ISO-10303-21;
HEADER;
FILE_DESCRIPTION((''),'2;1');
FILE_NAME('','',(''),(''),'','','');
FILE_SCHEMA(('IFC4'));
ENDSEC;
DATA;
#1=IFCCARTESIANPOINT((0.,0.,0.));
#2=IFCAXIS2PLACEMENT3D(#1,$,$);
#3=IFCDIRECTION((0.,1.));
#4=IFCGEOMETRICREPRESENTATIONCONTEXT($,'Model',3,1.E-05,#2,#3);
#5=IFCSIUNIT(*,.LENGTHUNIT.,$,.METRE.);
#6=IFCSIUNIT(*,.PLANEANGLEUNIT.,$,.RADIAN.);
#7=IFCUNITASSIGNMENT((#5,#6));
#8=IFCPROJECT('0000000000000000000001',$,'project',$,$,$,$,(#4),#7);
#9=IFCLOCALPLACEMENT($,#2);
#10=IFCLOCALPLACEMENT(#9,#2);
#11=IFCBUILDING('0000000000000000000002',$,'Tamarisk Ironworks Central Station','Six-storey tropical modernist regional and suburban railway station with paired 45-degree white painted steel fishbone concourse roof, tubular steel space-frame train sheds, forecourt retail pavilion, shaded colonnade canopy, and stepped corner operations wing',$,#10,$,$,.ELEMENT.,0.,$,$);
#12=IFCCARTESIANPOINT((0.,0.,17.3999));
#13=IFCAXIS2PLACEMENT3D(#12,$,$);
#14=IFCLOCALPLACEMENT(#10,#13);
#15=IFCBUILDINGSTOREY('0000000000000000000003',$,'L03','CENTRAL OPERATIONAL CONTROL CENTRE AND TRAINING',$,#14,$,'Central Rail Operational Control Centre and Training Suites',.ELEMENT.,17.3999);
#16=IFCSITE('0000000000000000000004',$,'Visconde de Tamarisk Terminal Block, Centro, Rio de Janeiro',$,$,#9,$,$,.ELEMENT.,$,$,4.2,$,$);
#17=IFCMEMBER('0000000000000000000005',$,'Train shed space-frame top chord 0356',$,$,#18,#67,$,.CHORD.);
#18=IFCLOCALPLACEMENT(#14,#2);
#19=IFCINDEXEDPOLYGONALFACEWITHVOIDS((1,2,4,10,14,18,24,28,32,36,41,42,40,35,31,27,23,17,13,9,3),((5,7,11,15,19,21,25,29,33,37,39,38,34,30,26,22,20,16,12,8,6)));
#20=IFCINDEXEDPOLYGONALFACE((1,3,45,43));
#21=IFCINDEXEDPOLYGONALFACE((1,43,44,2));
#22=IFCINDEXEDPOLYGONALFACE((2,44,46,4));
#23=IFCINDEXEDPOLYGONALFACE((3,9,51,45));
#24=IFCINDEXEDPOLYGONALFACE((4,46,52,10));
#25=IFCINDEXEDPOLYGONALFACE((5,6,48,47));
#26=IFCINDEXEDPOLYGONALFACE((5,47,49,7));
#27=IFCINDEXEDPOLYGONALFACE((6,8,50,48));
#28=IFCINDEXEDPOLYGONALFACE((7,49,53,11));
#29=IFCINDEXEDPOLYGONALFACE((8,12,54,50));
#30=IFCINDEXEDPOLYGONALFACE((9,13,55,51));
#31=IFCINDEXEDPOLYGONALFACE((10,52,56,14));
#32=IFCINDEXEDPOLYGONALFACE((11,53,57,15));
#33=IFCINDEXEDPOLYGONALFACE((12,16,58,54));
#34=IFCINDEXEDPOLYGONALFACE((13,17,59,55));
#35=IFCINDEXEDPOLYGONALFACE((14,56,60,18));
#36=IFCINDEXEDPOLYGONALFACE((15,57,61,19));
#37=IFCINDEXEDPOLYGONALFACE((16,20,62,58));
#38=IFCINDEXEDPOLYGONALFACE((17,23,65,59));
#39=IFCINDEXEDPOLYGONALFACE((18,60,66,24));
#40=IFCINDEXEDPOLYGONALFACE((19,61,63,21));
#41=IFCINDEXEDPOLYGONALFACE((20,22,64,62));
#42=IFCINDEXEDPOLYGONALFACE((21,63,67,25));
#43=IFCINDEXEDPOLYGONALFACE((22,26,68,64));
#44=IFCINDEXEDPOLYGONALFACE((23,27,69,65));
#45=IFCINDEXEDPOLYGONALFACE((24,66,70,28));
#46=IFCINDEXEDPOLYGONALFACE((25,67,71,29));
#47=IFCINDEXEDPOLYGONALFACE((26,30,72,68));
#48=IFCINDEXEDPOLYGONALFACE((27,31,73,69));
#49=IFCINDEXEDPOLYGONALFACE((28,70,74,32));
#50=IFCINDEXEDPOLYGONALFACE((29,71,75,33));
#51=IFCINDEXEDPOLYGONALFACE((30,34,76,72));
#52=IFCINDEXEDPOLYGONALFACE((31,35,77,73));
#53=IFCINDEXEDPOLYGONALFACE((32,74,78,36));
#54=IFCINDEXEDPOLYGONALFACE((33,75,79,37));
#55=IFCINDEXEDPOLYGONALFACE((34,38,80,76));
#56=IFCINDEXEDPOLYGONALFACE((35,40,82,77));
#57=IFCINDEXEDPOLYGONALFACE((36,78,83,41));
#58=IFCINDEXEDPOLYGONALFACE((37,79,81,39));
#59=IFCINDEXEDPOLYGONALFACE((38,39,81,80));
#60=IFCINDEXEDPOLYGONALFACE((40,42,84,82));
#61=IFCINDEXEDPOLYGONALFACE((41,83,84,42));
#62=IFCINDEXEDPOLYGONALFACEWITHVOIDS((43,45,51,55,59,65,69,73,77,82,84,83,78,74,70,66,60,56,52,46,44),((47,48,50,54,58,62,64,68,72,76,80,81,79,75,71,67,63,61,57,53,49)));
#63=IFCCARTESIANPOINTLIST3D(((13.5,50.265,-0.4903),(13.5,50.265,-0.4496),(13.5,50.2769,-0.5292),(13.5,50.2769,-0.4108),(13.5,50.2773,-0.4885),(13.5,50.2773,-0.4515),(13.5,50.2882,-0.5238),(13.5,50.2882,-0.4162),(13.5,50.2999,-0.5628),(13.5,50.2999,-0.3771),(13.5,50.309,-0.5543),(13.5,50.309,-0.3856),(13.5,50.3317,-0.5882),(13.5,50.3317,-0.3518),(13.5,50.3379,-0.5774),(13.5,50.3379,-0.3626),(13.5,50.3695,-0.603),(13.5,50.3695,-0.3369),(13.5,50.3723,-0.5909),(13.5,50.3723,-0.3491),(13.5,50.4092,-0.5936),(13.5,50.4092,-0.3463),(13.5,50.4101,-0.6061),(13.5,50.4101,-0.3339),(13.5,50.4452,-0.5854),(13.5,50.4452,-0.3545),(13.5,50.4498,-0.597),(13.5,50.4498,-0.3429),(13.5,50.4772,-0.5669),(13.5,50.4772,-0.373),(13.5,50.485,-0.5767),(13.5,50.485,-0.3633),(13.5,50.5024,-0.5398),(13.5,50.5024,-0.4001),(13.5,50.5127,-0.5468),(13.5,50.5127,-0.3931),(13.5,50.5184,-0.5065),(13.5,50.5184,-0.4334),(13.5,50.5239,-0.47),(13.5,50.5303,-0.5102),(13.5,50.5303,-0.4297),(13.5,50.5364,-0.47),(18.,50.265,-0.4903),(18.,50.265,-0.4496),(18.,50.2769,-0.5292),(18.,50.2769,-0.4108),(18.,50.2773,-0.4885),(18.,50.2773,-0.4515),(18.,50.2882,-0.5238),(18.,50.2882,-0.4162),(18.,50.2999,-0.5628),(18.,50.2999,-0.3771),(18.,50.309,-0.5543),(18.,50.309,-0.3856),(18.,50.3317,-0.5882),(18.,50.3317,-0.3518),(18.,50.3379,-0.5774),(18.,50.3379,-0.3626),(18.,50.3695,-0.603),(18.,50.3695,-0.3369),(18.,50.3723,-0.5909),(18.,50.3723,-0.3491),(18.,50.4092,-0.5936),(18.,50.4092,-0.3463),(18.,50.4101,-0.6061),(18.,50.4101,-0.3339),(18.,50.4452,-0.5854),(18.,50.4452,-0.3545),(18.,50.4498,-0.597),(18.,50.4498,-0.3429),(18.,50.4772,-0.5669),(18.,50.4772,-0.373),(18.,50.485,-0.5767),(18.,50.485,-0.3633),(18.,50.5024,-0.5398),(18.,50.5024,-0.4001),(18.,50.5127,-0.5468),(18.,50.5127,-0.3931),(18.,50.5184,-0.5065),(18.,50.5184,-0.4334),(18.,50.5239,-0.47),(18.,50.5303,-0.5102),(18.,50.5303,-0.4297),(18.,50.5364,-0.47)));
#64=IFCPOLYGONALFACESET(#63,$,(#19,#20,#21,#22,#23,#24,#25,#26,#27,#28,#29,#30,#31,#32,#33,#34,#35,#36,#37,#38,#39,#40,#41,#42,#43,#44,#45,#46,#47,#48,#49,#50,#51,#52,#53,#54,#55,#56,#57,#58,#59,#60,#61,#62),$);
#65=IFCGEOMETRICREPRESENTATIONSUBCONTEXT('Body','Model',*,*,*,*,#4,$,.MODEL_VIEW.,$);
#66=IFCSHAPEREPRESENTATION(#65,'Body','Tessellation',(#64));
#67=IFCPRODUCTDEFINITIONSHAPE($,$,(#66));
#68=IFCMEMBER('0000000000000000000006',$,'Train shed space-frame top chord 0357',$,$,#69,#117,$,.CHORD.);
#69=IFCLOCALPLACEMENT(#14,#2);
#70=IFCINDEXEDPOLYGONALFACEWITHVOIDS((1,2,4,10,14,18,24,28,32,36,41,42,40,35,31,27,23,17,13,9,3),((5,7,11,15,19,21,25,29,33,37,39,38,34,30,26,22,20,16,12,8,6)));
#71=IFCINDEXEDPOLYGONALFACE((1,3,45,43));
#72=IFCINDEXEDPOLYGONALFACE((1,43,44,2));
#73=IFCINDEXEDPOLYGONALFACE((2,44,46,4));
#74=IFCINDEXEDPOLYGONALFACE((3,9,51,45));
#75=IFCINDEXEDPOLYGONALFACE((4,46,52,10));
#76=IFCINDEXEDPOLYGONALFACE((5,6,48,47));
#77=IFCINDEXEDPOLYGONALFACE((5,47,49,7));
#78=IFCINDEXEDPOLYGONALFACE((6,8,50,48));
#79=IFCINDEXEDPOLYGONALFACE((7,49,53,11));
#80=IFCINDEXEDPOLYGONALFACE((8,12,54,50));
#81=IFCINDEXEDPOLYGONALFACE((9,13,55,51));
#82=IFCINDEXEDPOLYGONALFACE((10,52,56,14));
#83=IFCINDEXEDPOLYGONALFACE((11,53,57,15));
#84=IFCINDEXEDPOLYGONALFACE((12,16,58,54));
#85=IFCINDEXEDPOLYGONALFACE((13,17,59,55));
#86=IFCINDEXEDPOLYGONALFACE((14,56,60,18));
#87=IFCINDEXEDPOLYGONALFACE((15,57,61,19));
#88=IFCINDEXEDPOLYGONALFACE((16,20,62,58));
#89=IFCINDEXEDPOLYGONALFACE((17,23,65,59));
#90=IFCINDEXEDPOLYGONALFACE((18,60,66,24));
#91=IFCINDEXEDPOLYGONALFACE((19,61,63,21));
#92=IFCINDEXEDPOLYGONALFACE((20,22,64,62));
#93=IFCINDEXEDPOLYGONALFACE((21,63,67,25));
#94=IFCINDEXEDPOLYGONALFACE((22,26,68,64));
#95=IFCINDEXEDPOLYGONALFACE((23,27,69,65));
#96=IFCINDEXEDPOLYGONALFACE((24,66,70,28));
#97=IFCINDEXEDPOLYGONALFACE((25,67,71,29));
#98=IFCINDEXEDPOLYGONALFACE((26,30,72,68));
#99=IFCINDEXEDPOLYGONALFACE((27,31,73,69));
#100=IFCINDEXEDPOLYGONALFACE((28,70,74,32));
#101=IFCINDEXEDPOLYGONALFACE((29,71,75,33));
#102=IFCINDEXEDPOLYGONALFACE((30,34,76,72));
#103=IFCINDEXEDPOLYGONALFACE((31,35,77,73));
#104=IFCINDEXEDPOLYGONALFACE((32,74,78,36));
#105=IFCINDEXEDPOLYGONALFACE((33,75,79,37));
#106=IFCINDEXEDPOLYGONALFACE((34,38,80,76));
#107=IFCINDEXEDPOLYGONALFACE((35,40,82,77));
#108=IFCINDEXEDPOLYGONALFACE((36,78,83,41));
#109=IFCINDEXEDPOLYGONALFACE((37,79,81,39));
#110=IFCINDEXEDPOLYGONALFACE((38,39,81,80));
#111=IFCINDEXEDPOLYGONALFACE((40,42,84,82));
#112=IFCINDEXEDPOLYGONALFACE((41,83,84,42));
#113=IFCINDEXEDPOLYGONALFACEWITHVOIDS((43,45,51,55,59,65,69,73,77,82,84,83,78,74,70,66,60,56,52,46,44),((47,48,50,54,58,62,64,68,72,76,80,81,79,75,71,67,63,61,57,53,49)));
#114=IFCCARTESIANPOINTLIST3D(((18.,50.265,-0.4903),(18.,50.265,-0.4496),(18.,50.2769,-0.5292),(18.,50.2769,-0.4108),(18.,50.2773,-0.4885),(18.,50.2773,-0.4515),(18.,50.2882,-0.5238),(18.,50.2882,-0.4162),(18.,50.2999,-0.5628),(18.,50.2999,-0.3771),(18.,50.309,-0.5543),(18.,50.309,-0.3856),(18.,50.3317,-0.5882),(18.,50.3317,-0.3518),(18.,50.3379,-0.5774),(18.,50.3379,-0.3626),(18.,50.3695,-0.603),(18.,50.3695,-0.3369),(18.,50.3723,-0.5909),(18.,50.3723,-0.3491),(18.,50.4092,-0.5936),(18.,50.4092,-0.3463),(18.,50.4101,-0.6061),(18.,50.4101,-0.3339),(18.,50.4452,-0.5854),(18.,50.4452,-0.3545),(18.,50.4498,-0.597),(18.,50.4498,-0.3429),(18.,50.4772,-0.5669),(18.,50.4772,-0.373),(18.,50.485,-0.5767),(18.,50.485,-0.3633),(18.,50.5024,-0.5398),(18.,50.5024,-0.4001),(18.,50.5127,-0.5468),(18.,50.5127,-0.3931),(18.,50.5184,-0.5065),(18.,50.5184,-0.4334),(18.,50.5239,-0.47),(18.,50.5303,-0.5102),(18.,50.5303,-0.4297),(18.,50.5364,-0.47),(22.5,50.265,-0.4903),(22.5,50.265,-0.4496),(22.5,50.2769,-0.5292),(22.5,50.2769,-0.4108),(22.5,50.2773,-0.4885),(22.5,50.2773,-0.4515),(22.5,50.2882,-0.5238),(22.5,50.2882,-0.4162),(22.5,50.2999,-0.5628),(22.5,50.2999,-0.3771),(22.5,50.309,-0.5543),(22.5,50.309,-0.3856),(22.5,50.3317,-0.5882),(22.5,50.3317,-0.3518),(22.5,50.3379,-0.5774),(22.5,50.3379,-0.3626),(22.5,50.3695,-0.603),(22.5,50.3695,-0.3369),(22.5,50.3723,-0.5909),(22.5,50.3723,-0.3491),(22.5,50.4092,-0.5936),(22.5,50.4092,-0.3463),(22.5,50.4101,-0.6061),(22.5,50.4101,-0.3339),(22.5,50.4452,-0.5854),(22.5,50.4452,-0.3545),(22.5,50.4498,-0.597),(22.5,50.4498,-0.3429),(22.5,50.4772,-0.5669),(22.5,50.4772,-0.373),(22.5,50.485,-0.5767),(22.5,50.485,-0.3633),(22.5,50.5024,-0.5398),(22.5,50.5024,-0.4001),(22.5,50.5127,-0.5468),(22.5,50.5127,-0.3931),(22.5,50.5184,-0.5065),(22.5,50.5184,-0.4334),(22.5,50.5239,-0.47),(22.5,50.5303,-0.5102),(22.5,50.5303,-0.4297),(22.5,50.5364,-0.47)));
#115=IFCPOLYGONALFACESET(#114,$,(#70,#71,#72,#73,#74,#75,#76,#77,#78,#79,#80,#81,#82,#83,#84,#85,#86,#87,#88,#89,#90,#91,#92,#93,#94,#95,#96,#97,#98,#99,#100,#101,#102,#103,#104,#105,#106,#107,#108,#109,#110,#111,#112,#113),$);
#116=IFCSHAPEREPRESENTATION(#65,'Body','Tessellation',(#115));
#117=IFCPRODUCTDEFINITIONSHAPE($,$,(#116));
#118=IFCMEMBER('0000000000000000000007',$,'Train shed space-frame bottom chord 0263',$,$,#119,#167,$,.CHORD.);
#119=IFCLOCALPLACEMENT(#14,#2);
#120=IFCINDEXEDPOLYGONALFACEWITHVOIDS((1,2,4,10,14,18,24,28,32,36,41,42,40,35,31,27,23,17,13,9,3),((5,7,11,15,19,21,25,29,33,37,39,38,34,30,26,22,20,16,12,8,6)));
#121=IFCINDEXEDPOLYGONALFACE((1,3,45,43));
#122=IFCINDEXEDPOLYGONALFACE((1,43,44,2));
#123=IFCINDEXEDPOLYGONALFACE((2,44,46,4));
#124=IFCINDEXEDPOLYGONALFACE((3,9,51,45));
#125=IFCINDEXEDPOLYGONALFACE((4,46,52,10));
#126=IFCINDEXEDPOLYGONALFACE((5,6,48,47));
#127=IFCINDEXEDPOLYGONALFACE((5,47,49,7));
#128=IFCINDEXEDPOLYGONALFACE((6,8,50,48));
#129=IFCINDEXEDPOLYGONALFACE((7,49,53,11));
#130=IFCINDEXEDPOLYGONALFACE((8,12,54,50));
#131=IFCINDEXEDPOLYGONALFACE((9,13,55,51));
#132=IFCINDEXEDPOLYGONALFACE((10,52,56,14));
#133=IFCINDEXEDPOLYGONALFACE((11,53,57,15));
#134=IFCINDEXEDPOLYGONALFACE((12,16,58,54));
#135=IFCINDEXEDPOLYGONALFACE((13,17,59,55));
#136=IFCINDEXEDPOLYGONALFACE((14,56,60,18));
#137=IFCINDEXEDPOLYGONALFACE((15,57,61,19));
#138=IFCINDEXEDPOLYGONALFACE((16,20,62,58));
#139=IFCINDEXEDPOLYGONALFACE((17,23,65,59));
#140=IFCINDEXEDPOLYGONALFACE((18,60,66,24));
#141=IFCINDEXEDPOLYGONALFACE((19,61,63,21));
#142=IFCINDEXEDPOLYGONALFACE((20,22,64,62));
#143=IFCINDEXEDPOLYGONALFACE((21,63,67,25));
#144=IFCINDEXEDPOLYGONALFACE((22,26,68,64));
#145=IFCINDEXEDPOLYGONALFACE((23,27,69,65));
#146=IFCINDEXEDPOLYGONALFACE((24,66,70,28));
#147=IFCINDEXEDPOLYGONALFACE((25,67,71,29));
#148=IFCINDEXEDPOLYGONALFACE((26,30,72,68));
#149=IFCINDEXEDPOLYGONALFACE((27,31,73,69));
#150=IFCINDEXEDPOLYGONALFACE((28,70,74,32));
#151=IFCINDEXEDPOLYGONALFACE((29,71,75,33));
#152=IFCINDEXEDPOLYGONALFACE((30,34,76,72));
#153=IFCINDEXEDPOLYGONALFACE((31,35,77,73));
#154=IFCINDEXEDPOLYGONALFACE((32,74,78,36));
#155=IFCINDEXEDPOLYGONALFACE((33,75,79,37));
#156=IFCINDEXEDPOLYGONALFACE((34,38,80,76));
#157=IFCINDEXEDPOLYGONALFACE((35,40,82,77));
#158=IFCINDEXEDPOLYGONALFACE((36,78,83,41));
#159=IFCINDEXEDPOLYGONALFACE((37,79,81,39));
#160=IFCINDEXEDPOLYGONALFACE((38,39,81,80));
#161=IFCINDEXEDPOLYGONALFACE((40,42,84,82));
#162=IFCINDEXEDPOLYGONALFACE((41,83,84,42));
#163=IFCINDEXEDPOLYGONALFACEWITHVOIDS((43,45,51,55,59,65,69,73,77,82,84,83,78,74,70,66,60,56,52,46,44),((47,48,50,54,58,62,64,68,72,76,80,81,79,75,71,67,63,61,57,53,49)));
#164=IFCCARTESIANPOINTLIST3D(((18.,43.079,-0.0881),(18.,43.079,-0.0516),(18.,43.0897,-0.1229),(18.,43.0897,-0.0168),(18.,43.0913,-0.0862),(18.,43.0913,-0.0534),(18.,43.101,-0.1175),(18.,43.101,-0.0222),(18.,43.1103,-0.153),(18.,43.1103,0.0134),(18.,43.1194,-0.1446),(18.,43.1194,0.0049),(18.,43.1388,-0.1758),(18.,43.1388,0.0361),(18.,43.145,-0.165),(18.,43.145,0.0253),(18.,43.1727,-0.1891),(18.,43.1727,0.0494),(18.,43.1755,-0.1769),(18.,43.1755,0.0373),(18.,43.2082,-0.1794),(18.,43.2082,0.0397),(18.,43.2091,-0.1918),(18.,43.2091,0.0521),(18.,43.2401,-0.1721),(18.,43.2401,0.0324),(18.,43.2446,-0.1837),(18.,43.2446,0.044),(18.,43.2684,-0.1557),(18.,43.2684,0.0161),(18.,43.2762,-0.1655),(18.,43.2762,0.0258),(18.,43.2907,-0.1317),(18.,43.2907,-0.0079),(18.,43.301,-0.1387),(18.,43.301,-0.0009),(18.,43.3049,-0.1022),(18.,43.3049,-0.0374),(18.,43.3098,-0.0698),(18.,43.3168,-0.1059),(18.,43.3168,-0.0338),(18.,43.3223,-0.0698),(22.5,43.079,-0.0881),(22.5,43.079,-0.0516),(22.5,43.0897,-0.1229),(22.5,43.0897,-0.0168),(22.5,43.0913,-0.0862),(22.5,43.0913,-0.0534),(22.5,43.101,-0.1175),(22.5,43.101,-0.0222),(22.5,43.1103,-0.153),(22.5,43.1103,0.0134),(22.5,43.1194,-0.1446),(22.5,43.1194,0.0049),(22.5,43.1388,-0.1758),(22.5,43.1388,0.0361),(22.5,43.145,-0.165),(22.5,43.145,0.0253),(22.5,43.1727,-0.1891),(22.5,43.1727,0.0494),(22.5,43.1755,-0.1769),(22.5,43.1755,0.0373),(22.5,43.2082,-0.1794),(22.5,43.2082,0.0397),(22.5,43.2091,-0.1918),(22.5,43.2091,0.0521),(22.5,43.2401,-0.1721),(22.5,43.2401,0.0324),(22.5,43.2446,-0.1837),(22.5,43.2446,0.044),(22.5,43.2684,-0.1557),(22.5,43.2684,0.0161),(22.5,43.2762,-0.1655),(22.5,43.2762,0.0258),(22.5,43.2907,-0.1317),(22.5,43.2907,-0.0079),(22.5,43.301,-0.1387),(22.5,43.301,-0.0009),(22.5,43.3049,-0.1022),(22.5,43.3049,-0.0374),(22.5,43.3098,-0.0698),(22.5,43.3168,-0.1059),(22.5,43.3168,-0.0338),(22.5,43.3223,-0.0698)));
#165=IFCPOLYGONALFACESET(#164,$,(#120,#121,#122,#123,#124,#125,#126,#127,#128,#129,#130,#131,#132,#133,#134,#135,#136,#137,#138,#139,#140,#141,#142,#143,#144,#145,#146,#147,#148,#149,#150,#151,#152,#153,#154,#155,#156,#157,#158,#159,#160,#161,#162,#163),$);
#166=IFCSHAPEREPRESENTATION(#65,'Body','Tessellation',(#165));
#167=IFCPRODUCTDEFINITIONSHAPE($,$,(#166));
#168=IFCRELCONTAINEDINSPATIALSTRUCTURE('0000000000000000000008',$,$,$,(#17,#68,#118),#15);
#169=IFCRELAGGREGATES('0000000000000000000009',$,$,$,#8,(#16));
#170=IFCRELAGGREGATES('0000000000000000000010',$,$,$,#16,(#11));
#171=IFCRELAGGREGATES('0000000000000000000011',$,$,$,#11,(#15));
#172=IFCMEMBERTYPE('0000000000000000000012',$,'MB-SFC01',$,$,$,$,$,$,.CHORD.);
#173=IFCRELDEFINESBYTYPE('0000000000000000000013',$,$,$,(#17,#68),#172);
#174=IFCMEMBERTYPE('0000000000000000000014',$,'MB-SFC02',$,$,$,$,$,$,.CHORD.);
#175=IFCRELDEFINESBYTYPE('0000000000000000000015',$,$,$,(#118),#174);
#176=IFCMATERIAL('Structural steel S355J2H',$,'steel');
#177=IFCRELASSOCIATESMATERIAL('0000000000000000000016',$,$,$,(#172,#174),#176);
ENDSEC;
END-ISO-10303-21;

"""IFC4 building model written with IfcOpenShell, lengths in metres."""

from ifc_helpers import new_model, si_unit, direction, frame, origin, origin_2d, place, context, subcontext, project, spatial, hollow_circle, extrude, material, material_profile, profile_set, type_object, element, save


model = new_model("IFC4")

# Units and contexts
model_context = context("Model", 3, precision=1e-05, world=origin(), true_north=direction((0.0, 1.0)))
body_context = subcontext(model_context, "Body", "Model", "MODEL_VIEW")
ifc_project = project(units=[si_unit("LENGTHUNIT", "METRE"), si_unit("PLANEANGLEUNIT", "RADIAN")], contexts=[model_context])

# Site, building, storey
site_placement = place(None, origin())
site = spatial("IfcSite", under=ifc_project, at=site_placement, Name="Visconde de Tamarisk Terminal Block, Centro, Rio de Janeiro", CompositionType="ELEMENT", RefElevation=4.2)
building_placement = place(site_placement, origin())
building = spatial("IfcBuilding", under=site, at=building_placement, Name="Tamarisk Ironworks Central Station", Description="Six-storey tropical modernist regional and suburban railway station with paired 45-degree white painted steel fishbone concourse roof, tubular steel space-frame train sheds, forecourt retail pavilion, shaded colonnade canopy, and stepped corner operations wing", CompositionType="ELEMENT", ElevationOfRefHeight=0.0)
storey_placement = place(building_placement, frame((0.0, 0.0, 17.3999)))
storey = spatial("IfcBuildingStorey", under=building, at=storey_placement, Name="L03", Description="CENTRAL OPERATIONAL CONTROL CENTRE AND TRAINING", LongName="Central Rail Operational Control Centre and Training Suites", CompositionType="ELEMENT", Elevation=17.3999)

# Members
ifc_material = material(Name="Structural steel S355J2H", Category="steel")
ifc_material_profile_1 = material_profile(ifc_material, hollow_circle(Radius=0.1365, WallThickness=0.0125, at=origin_2d()), Name="CHS 273x12.5")
ifc_profile_set_1 = profile_set([ifc_material_profile_1], Name="Structural steel S355J2H")
member_type_1 = type_object("IfcMemberType", Name="MB-SFC01", PredefinedType="CHORD", material=ifc_profile_set_1)
for number, where, z_axis, x_axis, name in (
    (1, (13.5, 50.3999, -0.47), (1.0, 0.0, 0.0), (0.0, 1.0, 0.0), "Train shed space-frame top chord 0356"),
    (2, (18.0, 50.3999, -0.47), (1.0, 0.0, 0.0), (0.0, 1.0, 0.0), "Train shed space-frame top chord 0357"),
):
    element("IfcMember", number, at=place(storey_placement, frame(where, z_axis=z_axis, x_axis=x_axis)), inside=storey, type_object=member_type_1, Name=name, PredefinedType="CHORD", context=body_context, shape_type="SweptSolid", body=[
        extrude(hollow_circle(Radius=0.1365, WallThickness=0.0125, at=origin_2d()), origin(), (0.0, 0.0, 1.0), 4.5),
    ])
ifc_material_profile_2 = material_profile(ifc_material, hollow_circle(Radius=0.1223, WallThickness=0.0125, at=origin_2d()), Name="CHS 244.5x12.5")
ifc_profile_set_2 = profile_set([ifc_material_profile_2], Name="Structural steel S355J2H")
member_type_2 = type_object("IfcMemberType", Name="MB-SFC02", PredefinedType="CHORD", material=ifc_profile_set_2)
for number, where, z_axis, x_axis, name in (
    (3, (18.0, 43.2, -0.0698), (1.0, 0.0, 0.0), (0.0, 1.0, 0.0), "Train shed space-frame bottom chord 0263"),
):
    element("IfcMember", number, at=place(storey_placement, frame(where, z_axis=z_axis, x_axis=x_axis)), inside=storey, type_object=member_type_2, Name=name, PredefinedType="CHORD", context=body_context, shape_type="SweptSolid", body=[
        extrude(hollow_circle(Radius=0.1223, WallThickness=0.0125, at=origin_2d()), origin(), (0.0, 0.0, 1.0), 4.5),
    ])

save(model, "model.ifc")
